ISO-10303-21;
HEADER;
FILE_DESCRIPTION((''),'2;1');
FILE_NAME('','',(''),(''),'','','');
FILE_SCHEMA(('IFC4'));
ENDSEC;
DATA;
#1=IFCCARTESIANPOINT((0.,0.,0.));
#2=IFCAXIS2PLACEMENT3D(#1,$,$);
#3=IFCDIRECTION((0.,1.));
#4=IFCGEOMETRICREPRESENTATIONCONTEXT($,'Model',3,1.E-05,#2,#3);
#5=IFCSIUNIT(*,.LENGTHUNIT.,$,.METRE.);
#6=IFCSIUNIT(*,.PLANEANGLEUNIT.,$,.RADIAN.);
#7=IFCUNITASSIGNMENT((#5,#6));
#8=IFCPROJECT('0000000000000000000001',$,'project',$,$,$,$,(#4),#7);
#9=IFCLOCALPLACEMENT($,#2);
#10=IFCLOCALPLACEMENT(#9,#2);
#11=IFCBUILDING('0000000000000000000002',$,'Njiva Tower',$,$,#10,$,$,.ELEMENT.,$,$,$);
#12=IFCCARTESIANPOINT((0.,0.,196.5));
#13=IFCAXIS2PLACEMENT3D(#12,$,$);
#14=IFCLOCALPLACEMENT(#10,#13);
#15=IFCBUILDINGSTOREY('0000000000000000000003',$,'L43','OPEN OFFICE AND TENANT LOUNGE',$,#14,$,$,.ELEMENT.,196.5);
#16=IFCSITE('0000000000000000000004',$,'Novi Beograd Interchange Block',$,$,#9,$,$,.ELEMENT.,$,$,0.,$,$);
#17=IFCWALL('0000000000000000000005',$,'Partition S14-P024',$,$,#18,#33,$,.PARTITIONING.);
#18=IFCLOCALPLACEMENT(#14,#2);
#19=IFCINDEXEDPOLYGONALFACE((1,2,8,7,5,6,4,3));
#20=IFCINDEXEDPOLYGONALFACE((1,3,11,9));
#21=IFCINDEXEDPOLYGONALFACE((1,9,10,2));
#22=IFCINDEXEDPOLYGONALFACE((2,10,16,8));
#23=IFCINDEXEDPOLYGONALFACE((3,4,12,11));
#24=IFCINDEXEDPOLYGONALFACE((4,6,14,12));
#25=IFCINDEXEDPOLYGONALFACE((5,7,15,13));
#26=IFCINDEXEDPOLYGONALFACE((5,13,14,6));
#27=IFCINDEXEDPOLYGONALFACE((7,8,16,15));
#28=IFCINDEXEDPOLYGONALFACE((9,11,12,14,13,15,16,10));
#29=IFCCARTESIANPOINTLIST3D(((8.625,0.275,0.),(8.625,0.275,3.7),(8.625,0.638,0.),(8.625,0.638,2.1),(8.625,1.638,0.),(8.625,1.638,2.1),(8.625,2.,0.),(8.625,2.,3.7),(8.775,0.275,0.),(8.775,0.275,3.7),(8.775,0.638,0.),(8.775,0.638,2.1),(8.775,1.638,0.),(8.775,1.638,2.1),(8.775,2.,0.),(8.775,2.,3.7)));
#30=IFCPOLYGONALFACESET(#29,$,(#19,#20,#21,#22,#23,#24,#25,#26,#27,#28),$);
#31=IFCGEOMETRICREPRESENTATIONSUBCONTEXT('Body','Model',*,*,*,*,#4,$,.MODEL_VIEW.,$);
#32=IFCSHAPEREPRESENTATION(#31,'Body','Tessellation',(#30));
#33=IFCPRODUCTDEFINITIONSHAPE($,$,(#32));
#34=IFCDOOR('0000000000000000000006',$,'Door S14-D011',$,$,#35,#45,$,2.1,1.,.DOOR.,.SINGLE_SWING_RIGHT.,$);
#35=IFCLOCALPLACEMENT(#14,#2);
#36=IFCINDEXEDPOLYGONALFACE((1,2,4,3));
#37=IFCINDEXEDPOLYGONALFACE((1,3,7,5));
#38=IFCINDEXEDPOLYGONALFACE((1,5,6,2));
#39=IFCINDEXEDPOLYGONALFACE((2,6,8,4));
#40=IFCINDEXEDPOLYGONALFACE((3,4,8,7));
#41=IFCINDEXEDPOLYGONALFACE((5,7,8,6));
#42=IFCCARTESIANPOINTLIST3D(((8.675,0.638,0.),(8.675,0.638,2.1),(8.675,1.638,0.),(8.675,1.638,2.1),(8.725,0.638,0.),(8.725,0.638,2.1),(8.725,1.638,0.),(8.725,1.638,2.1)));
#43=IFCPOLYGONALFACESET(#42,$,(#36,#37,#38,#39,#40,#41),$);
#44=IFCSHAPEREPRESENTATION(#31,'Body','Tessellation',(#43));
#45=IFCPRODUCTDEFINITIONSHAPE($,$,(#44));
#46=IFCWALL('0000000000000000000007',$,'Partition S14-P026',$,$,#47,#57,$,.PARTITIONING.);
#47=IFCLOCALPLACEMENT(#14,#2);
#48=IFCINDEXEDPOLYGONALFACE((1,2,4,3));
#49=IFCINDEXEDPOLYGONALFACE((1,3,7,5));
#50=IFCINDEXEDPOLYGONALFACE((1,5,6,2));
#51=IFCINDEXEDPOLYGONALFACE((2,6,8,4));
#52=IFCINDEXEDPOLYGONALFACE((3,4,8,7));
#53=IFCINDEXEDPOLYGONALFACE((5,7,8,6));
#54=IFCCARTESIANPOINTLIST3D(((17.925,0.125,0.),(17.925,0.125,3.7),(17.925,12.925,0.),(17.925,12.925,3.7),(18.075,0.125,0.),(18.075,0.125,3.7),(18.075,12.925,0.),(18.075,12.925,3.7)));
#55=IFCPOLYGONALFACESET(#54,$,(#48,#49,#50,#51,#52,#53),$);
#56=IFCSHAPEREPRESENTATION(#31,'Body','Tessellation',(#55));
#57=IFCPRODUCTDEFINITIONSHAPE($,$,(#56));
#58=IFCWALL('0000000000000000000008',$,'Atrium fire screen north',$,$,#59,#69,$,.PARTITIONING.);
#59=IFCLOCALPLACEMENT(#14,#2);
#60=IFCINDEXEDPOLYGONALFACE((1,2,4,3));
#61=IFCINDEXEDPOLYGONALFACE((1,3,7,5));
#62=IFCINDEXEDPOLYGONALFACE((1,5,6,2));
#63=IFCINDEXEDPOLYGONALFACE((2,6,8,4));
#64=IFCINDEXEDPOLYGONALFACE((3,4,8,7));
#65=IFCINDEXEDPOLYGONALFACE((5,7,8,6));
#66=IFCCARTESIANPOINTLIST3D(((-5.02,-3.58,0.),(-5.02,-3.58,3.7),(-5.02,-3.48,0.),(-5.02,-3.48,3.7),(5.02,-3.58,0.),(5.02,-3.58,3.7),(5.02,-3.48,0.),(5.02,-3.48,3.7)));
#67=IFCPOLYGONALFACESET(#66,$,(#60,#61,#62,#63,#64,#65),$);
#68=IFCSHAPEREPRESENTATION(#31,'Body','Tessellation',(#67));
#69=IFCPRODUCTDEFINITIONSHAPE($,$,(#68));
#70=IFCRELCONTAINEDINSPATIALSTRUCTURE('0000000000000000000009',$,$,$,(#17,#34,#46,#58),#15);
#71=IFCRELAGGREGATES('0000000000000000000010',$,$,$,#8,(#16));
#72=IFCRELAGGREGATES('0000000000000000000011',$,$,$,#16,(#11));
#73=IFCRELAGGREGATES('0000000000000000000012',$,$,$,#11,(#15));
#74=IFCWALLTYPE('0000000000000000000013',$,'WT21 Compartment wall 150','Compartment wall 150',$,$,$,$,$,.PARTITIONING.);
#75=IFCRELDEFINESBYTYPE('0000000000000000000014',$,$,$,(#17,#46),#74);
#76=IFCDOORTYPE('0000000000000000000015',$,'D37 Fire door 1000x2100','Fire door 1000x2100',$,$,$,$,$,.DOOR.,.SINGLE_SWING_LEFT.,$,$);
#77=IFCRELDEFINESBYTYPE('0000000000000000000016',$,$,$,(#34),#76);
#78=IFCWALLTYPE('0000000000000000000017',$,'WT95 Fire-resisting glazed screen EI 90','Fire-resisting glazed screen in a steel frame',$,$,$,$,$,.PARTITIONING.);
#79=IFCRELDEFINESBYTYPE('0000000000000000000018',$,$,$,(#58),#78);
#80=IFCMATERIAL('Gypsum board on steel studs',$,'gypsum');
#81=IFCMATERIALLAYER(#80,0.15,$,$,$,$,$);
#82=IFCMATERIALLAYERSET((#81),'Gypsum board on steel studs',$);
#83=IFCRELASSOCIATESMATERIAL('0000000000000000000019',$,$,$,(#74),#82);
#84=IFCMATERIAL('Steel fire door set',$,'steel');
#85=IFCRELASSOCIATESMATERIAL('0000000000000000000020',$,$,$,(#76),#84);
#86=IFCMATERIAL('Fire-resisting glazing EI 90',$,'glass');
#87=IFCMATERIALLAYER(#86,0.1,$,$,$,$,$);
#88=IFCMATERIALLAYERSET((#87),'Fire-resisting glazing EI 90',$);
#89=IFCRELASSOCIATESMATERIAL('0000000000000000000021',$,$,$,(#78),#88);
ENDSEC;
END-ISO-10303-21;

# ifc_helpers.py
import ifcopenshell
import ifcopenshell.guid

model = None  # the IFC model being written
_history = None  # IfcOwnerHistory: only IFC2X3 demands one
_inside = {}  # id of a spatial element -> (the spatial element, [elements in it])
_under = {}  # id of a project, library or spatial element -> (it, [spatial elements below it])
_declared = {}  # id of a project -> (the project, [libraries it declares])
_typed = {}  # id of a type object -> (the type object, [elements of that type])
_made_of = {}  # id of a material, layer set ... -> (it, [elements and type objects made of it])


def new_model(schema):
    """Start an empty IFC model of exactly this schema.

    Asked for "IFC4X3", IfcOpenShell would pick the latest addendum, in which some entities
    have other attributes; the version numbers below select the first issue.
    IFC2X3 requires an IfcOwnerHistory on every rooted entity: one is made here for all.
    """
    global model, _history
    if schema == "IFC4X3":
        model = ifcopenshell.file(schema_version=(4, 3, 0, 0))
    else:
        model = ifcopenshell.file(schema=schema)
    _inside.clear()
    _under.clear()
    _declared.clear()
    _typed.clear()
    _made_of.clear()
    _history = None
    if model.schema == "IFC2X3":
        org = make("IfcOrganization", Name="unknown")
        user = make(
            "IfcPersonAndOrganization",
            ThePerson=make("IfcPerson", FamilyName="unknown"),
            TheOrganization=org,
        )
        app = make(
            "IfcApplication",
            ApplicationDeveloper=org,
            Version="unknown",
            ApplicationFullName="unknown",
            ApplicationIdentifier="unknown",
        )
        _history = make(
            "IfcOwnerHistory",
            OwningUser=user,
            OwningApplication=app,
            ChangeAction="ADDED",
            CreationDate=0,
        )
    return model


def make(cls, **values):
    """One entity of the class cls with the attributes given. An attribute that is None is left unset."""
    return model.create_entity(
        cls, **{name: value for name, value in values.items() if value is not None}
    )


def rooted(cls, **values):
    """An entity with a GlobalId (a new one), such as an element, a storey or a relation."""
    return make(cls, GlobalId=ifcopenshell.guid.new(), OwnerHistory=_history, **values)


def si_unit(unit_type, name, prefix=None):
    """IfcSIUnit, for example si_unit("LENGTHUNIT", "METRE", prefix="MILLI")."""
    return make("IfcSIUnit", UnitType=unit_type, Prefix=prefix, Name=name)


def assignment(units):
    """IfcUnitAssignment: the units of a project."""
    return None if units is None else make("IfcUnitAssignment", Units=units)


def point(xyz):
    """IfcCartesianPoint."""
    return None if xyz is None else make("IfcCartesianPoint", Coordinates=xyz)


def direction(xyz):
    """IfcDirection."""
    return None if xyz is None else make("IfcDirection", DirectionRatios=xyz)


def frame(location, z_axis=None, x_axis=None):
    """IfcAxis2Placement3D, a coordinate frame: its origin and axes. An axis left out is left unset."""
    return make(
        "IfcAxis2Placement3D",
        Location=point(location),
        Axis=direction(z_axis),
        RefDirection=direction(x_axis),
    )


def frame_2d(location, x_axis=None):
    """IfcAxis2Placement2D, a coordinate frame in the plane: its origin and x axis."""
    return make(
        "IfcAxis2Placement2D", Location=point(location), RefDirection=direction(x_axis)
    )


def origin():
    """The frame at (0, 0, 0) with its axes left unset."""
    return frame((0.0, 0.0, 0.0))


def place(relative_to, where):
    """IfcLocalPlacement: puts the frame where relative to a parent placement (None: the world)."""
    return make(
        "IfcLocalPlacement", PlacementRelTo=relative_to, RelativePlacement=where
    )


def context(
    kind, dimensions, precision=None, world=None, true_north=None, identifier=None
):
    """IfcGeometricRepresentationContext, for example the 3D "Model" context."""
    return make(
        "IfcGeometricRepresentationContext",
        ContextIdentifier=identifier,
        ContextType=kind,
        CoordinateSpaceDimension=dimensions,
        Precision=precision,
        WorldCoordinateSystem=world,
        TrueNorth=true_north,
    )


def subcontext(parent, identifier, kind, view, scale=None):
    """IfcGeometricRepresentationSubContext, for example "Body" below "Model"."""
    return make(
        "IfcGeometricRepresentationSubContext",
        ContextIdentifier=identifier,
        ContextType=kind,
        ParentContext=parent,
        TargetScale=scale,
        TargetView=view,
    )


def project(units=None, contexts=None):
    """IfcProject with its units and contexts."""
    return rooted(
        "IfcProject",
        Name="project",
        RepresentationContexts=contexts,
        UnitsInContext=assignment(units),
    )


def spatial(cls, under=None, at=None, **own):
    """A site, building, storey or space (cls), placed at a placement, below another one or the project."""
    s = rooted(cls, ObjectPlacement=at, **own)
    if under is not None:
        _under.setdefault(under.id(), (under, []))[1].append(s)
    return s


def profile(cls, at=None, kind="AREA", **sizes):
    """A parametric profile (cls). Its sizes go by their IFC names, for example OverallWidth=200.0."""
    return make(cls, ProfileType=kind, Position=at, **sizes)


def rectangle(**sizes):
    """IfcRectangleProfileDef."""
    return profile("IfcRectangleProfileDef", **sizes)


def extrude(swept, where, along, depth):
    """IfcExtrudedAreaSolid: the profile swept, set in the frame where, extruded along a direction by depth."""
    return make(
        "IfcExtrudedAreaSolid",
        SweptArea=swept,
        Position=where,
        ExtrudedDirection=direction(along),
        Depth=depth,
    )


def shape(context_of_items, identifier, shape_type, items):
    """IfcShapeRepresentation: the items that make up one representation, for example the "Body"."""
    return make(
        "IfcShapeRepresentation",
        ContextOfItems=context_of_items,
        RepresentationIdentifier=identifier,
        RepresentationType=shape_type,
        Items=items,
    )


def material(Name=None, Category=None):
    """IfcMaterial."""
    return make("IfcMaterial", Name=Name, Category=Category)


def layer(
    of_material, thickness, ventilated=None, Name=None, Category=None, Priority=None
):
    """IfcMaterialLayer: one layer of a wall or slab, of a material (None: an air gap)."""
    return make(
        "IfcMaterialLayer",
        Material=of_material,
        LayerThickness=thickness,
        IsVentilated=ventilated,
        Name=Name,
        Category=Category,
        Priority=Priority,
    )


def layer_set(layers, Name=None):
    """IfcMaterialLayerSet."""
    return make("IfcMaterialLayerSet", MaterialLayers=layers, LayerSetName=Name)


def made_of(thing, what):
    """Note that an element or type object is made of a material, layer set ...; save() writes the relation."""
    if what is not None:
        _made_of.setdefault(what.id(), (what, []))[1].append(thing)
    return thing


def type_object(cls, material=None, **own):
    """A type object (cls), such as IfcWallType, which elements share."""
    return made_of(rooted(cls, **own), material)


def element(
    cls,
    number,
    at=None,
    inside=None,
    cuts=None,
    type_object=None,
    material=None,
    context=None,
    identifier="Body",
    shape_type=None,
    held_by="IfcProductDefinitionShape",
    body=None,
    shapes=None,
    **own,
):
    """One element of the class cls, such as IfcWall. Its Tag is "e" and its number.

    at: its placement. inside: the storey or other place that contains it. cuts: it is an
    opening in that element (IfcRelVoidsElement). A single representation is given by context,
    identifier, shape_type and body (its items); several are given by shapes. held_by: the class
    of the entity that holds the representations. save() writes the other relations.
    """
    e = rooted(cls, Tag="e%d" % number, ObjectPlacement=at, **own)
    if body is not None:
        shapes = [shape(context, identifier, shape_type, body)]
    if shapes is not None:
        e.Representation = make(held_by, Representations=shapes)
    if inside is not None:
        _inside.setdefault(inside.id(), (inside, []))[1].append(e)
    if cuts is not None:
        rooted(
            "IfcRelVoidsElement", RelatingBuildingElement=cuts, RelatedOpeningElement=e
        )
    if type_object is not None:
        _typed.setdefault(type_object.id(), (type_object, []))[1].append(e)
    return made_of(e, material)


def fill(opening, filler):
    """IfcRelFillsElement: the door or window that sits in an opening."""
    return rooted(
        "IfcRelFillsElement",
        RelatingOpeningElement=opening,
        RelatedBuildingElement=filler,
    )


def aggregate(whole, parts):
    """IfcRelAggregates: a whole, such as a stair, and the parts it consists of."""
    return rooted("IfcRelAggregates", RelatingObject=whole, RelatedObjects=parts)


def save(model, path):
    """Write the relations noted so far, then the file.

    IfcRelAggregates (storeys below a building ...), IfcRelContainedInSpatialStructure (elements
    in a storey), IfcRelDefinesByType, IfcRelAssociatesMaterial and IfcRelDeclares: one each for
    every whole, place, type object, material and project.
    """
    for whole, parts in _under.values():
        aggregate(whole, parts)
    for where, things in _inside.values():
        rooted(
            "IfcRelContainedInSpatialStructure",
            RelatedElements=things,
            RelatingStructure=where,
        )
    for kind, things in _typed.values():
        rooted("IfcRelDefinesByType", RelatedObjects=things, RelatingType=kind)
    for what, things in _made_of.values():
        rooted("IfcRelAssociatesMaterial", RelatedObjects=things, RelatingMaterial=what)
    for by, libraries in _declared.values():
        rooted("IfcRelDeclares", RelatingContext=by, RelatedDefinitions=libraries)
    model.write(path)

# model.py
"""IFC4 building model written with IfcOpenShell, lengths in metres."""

from ifc_helpers import new_model, si_unit, direction, frame, frame_2d, origin, place, context, subcontext, project, spatial, rectangle, extrude, material, layer, layer_set, type_object, element, fill, save


model = new_model("IFC4")

# Units and contexts
model_context = context("Model", 3, precision=1e-05, world=origin(), true_north=direction((0.0, 1.0)))
body_context = subcontext(model_context, "Body", "Model", "MODEL_VIEW")
ifc_project = project(units=[si_unit("LENGTHUNIT", "METRE"), si_unit("PLANEANGLEUNIT", "RADIAN")], contexts=[model_context])

# Site, building, storey
site_placement = place(None, origin())
site = spatial("IfcSite", under=ifc_project, at=site_placement, Name="Novi Beograd Interchange Block", CompositionType="ELEMENT", RefElevation=0.0)
building_placement = place(site_placement, origin())
building = spatial("IfcBuilding", under=site, at=building_placement, Name="Njiva Tower", CompositionType="ELEMENT")
storey_placement = place(building_placement, frame((0.0, 0.0, 196.5)))
storey = spatial("IfcBuildingStorey", under=building, at=storey_placement, Name="L43", Description="OPEN OFFICE AND TENANT LOUNGE", CompositionType="ELEMENT", Elevation=196.5)

# Shared definitions
ifc_material_1 = material(Name="Gypsum board on steel studs", Category="gypsum")
ifc_layer_1 = layer(ifc_material_1, 0.15)
ifc_layer_set_1 = layer_set([ifc_layer_1], Name="Gypsum board on steel studs")
wall_type_1 = type_object("IfcWallType", Name="WT21 Compartment wall 150", Description="Compartment wall 150", PredefinedType="PARTITIONING", material=ifc_layer_set_1)

# Wall, opening, door
ifc_material_2 = material(Name="Steel fire door set", Category="steel")
door_type = type_object("IfcDoorType", Name="D37 Fire door 1000x2100", Description="Fire door 1000x2100", OperationType="SINGLE_SWING_LEFT", PredefinedType="DOOR", material=ifc_material_2)
wall_1_placement = place(storey_placement, frame((8.7, 0.275, 0.0), z_axis=(0.0, 0.0, 1.0), x_axis=(0.0, 1.0, 0.0)))
wall_1 = element("IfcWall", 1, at=wall_1_placement, inside=storey, type_object=wall_type_1, Name="Partition S14-P024", PredefinedType="PARTITIONING", context=body_context, shape_type="SweptSolid", body=[
    extrude(rectangle(XDim=1.725, YDim=0.15, at=frame_2d((0.8625, 0.0))), origin(), (0.0, 0.0, 1.0), 3.7),
])
opening_1_placement = place(wall_1_placement, frame((0.363, 0.0, 0.0)))
opening_1 = element("IfcOpeningElement", 2, at=opening_1_placement, cuts=wall_1, PredefinedType="OPENING", context=body_context, shape_type="SweptSolid", body=[
    extrude(rectangle(XDim=1.0, YDim=2.1, at=frame_2d((0.5, 1.05))), frame((0.0, 0.085, 0.0), z_axis=(0.0, -1.0, 0.0), x_axis=(1.0, 0.0, 0.0)), (0.0, 0.0, 1.0), 0.17),
])
door_1_placement = place(opening_1_placement, origin())
door_1 = element("IfcDoor", 3, at=door_1_placement, inside=storey, type_object=door_type, Name="Door S14-D011", OperationType="SINGLE_SWING_RIGHT", OverallHeight=2.1, OverallWidth=1.0, PredefinedType="DOOR", context=body_context, shape_type="SweptSolid", body=[
    extrude(rectangle(XDim=1.0, YDim=2.1, at=frame_2d((0.5, 1.05))), frame((0.0, 0.025, 0.0), z_axis=(0.0, -1.0, 0.0), x_axis=(1.0, 0.0, 0.0)), (0.0, 0.0, 1.0), 0.05),
])
fill(opening_1, door_1)

# Walls
wall_2_placement = place(storey_placement, frame((18.0, 0.125, 0.0), z_axis=(0.0, 0.0, 1.0), x_axis=(0.0, 1.0, 0.0)))
element("IfcWall", 4, at=wall_2_placement, inside=storey, type_object=wall_type_1, Name="Partition S14-P026", PredefinedType="PARTITIONING", context=body_context, shape_type="SweptSolid", body=[
    extrude(rectangle(XDim=12.8, YDim=0.15, at=frame_2d((6.4, 0.0))), origin(), (0.0, 0.0, 1.0), 3.7),
])
ifc_material_3 = material(Name="Fire-resisting glazing EI 90", Category="glass")
ifc_layer_2 = layer(ifc_material_3, 0.1)
ifc_layer_set_2 = layer_set([ifc_layer_2], Name="Fire-resisting glazing EI 90")
wall_type_2 = type_object("IfcWallType", Name="WT95 Fire-resisting glazed screen EI 90", Description="Fire-resisting glazed screen in a steel frame", PredefinedType="PARTITIONING", material=ifc_layer_set_2)
wall_3_placement = place(storey_placement, frame((5.02, -3.53, 0.0), z_axis=(0.0, 0.0, 1.0), x_axis=(-1.0, 0.0, 0.0)))
element("IfcWall", 5, at=wall_3_placement, inside=storey, type_object=wall_type_2, Name="Atrium fire screen north", PredefinedType="PARTITIONING", context=body_context, shape_type="SweptSolid", body=[
    extrude(rectangle(XDim=10.04, YDim=0.1, at=frame_2d((5.02, 0.0))), origin(), (0.0, 0.0, 1.0), 3.7),
])

save(model, "model.ifc")
